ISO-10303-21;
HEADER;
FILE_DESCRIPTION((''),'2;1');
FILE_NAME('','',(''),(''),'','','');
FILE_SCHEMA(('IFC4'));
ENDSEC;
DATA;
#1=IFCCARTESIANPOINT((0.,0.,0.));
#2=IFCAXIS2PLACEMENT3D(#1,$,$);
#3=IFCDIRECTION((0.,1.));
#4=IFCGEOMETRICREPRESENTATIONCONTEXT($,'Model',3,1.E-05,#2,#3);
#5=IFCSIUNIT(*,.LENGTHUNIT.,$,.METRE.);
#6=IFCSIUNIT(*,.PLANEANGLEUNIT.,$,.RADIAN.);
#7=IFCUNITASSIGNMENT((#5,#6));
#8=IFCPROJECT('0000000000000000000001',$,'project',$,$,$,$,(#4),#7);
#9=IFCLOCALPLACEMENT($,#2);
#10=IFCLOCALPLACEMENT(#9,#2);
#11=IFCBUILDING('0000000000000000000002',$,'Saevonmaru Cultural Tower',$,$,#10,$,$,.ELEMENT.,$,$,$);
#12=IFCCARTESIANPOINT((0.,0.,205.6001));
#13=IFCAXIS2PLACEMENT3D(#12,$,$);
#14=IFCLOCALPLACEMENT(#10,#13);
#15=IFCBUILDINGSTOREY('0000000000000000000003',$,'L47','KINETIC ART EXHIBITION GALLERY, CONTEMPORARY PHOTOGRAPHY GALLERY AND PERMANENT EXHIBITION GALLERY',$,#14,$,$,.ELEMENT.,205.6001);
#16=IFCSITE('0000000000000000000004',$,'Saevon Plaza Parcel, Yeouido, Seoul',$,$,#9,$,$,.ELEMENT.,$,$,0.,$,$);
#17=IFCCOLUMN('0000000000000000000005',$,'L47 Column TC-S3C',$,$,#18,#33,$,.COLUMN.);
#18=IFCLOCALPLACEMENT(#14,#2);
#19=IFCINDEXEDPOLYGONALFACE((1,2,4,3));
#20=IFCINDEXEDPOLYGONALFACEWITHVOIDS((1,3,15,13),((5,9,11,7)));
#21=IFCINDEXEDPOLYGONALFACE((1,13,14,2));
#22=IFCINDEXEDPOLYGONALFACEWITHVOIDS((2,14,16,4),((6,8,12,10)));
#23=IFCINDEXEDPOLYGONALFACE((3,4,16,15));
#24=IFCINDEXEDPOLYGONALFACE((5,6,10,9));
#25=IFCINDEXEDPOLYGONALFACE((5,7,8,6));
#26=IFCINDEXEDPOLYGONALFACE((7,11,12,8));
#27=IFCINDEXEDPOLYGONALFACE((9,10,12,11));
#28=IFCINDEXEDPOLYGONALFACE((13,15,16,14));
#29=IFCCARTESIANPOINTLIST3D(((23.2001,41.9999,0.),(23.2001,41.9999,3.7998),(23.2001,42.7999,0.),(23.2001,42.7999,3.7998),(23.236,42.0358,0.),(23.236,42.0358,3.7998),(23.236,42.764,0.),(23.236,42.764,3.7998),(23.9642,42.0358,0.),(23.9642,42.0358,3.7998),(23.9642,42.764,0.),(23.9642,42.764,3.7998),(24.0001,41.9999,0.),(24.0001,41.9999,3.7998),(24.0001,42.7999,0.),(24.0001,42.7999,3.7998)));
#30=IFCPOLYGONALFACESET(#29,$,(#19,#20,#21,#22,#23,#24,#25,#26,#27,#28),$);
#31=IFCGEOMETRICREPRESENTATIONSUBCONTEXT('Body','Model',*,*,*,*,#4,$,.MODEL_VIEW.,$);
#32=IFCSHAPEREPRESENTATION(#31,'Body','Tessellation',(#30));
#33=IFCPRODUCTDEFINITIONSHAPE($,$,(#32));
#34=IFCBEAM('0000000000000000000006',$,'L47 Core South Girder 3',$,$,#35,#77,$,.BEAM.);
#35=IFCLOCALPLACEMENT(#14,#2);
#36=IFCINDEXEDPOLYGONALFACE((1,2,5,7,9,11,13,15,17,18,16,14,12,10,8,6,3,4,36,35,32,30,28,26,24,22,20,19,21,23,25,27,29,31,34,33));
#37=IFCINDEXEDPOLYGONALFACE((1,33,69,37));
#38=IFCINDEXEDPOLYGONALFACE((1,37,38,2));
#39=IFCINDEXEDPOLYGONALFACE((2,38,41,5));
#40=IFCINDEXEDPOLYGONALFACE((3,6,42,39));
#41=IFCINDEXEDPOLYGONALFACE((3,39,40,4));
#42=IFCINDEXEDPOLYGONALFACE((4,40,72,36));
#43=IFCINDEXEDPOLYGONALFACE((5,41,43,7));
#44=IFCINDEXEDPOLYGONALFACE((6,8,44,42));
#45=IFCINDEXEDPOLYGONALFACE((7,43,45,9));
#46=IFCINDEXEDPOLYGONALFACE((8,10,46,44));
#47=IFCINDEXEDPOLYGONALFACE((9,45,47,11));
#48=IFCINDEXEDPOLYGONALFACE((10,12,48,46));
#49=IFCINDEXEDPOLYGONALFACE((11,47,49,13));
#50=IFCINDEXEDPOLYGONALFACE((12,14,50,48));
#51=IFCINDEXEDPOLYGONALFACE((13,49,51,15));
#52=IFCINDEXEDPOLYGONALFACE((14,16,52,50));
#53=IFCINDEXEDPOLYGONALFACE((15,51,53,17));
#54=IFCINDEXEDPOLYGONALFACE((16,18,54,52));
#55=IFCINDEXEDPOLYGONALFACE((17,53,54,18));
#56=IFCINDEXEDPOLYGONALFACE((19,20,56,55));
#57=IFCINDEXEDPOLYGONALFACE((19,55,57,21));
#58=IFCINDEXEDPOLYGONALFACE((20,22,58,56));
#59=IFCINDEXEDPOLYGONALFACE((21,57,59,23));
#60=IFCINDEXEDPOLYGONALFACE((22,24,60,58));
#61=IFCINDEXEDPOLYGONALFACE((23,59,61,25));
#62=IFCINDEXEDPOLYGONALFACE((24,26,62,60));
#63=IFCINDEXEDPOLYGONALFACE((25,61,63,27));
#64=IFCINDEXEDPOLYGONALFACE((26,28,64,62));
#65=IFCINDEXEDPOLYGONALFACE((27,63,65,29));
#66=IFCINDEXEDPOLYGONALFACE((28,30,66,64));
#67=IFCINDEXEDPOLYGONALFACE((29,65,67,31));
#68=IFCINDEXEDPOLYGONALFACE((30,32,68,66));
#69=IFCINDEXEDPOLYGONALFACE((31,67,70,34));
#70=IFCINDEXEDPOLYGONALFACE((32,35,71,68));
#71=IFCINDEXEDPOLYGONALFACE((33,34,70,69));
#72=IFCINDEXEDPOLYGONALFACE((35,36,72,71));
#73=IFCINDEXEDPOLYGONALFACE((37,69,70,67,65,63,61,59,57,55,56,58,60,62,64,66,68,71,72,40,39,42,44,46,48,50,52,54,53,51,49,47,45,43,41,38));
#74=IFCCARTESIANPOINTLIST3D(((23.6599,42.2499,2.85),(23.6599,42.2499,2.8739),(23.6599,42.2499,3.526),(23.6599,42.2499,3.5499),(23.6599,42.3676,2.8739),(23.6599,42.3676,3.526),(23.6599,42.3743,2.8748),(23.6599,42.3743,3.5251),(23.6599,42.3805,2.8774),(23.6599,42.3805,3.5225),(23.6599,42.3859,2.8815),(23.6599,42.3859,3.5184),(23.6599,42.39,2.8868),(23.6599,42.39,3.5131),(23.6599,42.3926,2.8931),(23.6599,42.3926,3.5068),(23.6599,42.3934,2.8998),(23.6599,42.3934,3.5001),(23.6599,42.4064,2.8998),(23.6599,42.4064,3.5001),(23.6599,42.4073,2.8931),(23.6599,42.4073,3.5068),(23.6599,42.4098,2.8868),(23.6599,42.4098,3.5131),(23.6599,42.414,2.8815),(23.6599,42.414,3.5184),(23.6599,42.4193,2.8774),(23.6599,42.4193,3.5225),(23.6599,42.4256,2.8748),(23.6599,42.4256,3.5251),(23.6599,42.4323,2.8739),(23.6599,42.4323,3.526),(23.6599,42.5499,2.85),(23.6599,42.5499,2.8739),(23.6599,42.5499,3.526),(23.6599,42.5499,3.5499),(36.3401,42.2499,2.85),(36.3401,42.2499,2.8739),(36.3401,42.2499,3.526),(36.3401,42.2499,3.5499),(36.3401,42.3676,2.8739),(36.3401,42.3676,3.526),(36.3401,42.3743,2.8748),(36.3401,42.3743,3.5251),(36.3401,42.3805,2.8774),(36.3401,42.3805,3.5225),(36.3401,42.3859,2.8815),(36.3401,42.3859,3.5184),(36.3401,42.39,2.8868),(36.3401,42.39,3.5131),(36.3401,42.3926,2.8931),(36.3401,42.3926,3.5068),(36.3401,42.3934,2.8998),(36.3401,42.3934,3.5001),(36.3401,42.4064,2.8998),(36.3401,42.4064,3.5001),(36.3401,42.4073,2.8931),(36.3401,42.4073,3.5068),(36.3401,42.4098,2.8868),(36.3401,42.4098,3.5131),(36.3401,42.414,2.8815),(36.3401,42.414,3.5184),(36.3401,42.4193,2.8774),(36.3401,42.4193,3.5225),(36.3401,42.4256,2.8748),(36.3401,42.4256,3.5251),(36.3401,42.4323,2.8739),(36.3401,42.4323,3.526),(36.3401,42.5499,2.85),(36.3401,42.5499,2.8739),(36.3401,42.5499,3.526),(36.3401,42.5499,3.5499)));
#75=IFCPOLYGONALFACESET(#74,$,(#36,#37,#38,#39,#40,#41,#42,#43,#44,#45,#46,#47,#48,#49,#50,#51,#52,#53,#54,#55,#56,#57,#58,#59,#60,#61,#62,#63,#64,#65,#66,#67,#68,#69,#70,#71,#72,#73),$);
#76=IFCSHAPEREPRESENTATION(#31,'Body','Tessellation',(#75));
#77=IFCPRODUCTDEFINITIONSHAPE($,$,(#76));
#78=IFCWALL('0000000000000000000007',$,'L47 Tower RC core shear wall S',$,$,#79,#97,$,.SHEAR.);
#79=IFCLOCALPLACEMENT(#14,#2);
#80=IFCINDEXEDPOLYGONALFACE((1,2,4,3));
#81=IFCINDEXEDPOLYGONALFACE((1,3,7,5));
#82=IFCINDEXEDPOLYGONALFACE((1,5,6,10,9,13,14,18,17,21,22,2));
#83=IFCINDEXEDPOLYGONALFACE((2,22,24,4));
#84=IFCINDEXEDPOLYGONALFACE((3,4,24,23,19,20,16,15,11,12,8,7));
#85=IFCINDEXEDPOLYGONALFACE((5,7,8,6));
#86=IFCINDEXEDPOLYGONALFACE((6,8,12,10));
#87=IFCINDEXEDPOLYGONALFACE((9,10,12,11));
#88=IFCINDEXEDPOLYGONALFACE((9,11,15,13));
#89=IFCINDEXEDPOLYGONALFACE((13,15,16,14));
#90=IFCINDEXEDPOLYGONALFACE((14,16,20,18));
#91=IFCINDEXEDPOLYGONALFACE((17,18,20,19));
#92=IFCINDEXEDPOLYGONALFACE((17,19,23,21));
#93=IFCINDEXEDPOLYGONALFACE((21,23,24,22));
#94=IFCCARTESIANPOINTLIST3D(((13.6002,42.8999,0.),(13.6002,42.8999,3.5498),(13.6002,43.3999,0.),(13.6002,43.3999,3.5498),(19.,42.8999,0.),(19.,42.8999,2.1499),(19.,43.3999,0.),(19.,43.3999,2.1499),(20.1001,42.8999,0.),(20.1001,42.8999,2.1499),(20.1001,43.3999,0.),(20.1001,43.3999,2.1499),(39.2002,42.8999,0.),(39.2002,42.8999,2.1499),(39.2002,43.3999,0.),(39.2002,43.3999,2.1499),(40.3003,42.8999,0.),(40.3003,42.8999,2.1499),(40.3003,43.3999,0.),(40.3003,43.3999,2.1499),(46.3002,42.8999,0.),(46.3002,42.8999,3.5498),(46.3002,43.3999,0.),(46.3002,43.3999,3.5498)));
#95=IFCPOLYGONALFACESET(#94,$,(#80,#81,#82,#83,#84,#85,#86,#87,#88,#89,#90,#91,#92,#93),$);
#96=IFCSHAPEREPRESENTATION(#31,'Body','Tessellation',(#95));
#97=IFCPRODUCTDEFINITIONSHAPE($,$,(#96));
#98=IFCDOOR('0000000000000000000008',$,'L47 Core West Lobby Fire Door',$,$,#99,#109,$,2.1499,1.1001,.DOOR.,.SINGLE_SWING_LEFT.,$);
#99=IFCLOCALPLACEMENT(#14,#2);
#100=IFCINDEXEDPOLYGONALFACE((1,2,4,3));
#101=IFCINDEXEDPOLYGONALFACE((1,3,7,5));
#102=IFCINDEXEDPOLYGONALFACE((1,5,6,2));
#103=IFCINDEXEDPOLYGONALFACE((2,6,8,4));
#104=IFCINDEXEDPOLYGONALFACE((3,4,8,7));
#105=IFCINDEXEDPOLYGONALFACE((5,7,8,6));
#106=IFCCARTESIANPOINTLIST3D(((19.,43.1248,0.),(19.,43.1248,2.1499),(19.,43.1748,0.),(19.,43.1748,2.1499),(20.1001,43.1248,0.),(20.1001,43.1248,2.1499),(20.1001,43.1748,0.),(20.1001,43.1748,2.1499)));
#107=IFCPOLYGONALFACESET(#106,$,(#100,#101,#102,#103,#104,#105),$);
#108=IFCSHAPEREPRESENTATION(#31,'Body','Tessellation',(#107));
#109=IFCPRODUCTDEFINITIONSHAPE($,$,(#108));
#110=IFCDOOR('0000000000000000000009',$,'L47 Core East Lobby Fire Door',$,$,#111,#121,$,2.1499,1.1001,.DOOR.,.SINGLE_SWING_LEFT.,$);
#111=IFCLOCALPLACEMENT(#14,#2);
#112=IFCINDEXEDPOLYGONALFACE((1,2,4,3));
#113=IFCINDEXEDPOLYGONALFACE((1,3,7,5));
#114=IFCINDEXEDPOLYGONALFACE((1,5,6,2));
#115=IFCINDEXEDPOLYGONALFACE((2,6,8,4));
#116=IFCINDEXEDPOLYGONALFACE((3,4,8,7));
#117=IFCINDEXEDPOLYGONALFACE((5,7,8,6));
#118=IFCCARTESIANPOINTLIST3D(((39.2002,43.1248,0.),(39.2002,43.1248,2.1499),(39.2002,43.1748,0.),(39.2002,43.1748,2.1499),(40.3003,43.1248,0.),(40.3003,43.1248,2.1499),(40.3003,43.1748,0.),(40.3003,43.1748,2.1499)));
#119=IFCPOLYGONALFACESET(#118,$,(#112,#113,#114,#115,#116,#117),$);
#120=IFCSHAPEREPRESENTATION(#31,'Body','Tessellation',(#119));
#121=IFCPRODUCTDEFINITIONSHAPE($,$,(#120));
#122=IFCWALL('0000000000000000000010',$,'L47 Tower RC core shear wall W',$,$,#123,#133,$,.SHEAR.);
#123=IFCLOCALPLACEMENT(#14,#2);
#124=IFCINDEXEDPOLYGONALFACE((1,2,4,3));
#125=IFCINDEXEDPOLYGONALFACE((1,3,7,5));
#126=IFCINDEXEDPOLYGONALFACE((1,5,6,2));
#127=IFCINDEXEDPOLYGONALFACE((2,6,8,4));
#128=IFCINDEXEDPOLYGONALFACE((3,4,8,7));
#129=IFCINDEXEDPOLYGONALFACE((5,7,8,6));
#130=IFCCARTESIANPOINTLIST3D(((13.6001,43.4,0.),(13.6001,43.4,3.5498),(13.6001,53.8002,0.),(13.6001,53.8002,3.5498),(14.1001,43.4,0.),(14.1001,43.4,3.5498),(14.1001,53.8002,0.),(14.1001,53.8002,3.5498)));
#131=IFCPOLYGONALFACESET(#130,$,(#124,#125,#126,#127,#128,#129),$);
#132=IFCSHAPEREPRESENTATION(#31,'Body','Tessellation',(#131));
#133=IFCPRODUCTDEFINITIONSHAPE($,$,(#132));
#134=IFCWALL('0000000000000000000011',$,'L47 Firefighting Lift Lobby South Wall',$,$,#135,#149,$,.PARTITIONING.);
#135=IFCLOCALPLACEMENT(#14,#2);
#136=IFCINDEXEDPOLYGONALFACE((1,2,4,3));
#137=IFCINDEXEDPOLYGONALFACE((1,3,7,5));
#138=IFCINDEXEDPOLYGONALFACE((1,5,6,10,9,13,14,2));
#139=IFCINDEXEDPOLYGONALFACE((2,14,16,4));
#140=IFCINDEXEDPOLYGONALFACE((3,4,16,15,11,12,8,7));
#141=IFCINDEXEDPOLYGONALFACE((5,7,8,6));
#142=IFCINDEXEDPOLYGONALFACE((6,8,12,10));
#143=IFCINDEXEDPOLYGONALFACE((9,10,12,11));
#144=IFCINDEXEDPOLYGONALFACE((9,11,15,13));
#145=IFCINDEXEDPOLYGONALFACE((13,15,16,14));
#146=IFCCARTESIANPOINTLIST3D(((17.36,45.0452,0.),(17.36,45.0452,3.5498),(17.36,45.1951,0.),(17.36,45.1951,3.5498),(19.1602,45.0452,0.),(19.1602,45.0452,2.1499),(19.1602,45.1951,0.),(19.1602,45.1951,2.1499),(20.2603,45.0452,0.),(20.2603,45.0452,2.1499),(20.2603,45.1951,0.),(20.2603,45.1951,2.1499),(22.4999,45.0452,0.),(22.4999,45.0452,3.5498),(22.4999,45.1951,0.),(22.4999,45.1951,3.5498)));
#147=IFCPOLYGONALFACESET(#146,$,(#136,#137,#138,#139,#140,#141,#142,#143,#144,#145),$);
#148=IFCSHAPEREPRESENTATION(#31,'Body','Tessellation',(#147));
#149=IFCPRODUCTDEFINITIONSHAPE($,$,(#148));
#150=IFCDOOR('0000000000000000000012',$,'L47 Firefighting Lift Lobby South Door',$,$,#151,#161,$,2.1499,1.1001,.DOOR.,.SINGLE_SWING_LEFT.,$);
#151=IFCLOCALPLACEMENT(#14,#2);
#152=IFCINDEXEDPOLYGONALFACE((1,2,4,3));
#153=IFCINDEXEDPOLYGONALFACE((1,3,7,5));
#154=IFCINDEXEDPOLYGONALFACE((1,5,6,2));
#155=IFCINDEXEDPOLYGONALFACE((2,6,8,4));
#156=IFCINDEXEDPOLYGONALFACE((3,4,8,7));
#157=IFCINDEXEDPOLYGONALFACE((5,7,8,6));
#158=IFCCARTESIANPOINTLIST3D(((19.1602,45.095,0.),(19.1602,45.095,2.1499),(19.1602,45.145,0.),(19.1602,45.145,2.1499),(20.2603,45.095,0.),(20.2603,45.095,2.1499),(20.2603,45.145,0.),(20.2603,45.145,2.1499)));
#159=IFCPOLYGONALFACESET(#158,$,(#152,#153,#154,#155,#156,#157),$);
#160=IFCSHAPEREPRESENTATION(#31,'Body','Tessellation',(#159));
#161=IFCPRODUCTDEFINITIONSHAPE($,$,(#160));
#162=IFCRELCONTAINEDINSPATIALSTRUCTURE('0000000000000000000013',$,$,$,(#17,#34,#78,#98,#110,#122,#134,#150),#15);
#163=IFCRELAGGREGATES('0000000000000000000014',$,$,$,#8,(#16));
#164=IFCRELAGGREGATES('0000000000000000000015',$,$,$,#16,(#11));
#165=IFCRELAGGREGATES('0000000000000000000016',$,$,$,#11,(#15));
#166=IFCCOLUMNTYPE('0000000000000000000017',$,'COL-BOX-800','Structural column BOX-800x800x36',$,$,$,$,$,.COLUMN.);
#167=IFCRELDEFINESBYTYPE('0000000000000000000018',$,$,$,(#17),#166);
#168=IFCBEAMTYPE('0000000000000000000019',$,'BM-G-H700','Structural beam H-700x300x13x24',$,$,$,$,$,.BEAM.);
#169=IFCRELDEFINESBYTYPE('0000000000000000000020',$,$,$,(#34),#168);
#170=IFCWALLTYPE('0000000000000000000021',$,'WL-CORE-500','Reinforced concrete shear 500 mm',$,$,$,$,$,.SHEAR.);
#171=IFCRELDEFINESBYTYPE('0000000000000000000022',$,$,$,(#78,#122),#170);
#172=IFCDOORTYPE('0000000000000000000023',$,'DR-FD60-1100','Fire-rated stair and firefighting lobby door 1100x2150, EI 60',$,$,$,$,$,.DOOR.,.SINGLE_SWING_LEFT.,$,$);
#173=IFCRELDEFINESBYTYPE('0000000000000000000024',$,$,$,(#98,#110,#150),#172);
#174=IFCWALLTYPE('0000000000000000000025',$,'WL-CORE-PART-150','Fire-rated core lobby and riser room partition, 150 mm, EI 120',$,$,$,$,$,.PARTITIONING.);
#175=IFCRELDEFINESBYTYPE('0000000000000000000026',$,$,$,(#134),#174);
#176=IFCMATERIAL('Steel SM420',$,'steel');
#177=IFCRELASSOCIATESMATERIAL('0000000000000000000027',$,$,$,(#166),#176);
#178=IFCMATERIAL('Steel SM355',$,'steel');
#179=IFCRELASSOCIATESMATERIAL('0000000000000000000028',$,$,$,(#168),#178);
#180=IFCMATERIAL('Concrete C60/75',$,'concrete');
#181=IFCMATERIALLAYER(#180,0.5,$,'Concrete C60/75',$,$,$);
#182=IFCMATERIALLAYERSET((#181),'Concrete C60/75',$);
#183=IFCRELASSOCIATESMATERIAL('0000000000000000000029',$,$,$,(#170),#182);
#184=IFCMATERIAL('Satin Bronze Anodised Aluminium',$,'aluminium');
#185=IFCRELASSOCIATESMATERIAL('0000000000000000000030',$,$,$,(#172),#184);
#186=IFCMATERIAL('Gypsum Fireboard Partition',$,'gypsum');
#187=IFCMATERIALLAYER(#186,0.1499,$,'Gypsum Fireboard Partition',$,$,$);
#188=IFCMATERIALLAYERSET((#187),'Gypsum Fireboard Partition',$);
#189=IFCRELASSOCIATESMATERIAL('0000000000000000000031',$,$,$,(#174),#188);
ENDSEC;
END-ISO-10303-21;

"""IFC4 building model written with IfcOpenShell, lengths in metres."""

from ifc_helpers import new_model, si_unit, direction, frame, frame_2d, origin, origin_2d, place, context, subcontext, project, spatial, rectangle, hollow_rectangle, i_section, extrude, material, layer, layer_set, material_profile, profile_set, type_object, element, fill, save


model = new_model("IFC4")

# Units and contexts
model_context = context("Model", 3, precision=1e-05, world=origin(), true_north=direction((0.0, 1.0)))
body_context = subcontext(model_context, "Body", "Model", "MODEL_VIEW")
ifc_project = project(units=[si_unit("LENGTHUNIT", "METRE"), si_unit("PLANEANGLEUNIT", "RADIAN")], contexts=[model_context])

# Site, building, storey
site_placement = place(None, origin())
site = spatial("IfcSite", under=ifc_project, at=site_placement, Name="Saevon Plaza Parcel, Yeouido, Seoul", CompositionType="ELEMENT", RefElevation=0.0)
building_placement = place(site_placement, origin())
building = spatial("IfcBuilding", under=site, at=building_placement, Name="Saevonmaru Cultural Tower", CompositionType="ELEMENT")
storey_placement = place(building_placement, frame((0.0, 0.0, 205.6001)))
storey = spatial("IfcBuildingStorey", under=building, at=storey_placement, Name="L47", Description="KINETIC ART EXHIBITION GALLERY, CONTEMPORARY PHOTOGRAPHY GALLERY AND PERMANENT EXHIBITION GALLERY", CompositionType="ELEMENT", Elevation=205.6001)

# Column
ifc_material_1 = material(Name="Steel SM420", Category="steel")
ifc_material_profile_1 = material_profile(ifc_material_1, hollow_rectangle(XDim=0.8, YDim=0.8, WallThickness=0.0359, at=origin_2d()), Name="BOX-800x800x36")
ifc_profile_set_1 = profile_set([ifc_material_profile_1], Name="Steel SM420")
column_type = type_object("IfcColumnType", Name="COL-BOX-800", Description="Structural column BOX-800x800x36", PredefinedType="COLUMN", material=ifc_profile_set_1)
column_placement = place(storey_placement, frame((23.6001, 42.3999, 0.0), z_axis=(0.0, 0.0, 1.0), x_axis=(1.0, 0.0, 0.0)))
element("IfcColumn", 1, at=column_placement, inside=storey, type_object=column_type, Name="L47 Column TC-S3C", PredefinedType="COLUMN", context=body_context, shape_type="SweptSolid", body=[
    extrude(hollow_rectangle(XDim=0.8, YDim=0.8, WallThickness=0.0359, at=origin_2d()), origin(), (0.0, 0.0, 1.0), 3.7998),
])

# Beam
ifc_material_2 = material(Name="Steel SM355", Category="steel")
ifc_material_profile_2 = material_profile(ifc_material_2, i_section(OverallWidth=0.3, OverallDepth=0.7, WebThickness=0.0129, FlangeThickness=0.0239, FilletRadius=0.0259, at=origin_2d()), Name="H-700x300x13x24")
ifc_profile_set_2 = profile_set([ifc_material_profile_2], Name="Steel SM355")
beam_type = type_object("IfcBeamType", Name="BM-G-H700", Description="Structural beam H-700x300x13x24", PredefinedType="BEAM", material=ifc_profile_set_2)
beam_placement = place(storey_placement, frame((23.6599, 42.3999, 3.2), z_axis=(1.0, 0.0, 0.0), x_axis=(0.0, 1.0, 0.0)))
element("IfcBeam", 2, at=beam_placement, inside=storey, type_object=beam_type, Name="L47 Core South Girder 3", PredefinedType="BEAM", context=body_context, shape_type="SweptSolid", body=[
    extrude(i_section(OverallWidth=0.3, OverallDepth=0.7, WebThickness=0.0129, FlangeThickness=0.0239, FilletRadius=0.0259, at=origin_2d()), origin(), (0.0, 0.0, 1.0), 12.6802),
])

# Wall, openings, doors
ifc_material_3 = material(Name="Concrete C60/75", Category="concrete")
ifc_layer_1 = layer(ifc_material_3, 0.5, Name="Concrete C60/75")
ifc_layer_set_1 = layer_set([ifc_layer_1], Name="Concrete C60/75")
wall_type_1 = type_object("IfcWallType", Name="WL-CORE-500", Description="Reinforced concrete shear 500 mm", PredefinedType="SHEAR", material=ifc_layer_set_1)
wall_1_placement = place(storey_placement, frame((13.6001, 43.1499, 0.0), z_axis=(0.0, 0.0, 1.0), x_axis=(1.0, 0.0, 0.0)))
wall_1 = element("IfcWall", 3, at=wall_1_placement, inside=storey, type_object=wall_type_1, Name="L47 Tower RC core shear wall S", PredefinedType="SHEAR", context=body_context, shape_type="SweptSolid", body=[
    extrude(rectangle(XDim=32.7, YDim=0.5, at=frame_2d((16.3501, 0.0))), origin(), (0.0, 0.0, 1.0), 3.5498),
])
opening_1_placement = place(wall_1_placement, frame((5.3999, 0.0, 0.0)))
opening_1 = element("IfcOpeningElement", 4, at=opening_1_placement, cuts=wall_1, PredefinedType="OPENING", context=body_context, shape_type="SweptSolid", body=[
    extrude(rectangle(XDim=1.1001, YDim=2.1499, at=frame_2d((0.55, 1.075))), frame((0.0, 0.26, 0.0), z_axis=(0.0, -1.0, 0.0), x_axis=(1.0, 0.0, 0.0)), (0.0, 0.0, 1.0), 0.52),
])
opening_2_placement = place(wall_1_placement, frame((25.6001, 0.0, 0.0)))
opening_2 = element("IfcOpeningElement", 5, at=opening_2_placement, cuts=wall_1, PredefinedType="OPENING", context=body_context, shape_type="SweptSolid", body=[
    extrude(rectangle(XDim=1.1001, YDim=2.1499, at=frame_2d((0.55, 1.075))), frame((0.0, 0.26, 0.0), z_axis=(0.0, -1.0, 0.0), x_axis=(1.0, 0.0, 0.0)), (0.0, 0.0, 1.0), 0.52),
])
ifc_material_4 = material(Name="Satin Bronze Anodised Aluminium", Category="aluminium")
door_type_1 = type_object("IfcDoorType", Name="DR-FD60-1100", Description="Fire-rated stair and firefighting lobby door 1100x2150, EI 60", OperationType="SINGLE_SWING_LEFT", PredefinedType="DOOR", material=ifc_material_4)
door_1_placement = place(opening_1_placement, origin())
door_1 = element("IfcDoor", 6, at=door_1_placement, inside=storey, type_object=door_type_1, Name="L47 Core West Lobby Fire Door", OperationType="SINGLE_SWING_LEFT", OverallHeight=2.1499, OverallWidth=1.1001, PredefinedType="DOOR", context=body_context, shape_type="SweptSolid", body=[
    extrude(rectangle(XDim=1.1001, YDim=2.1499, at=frame_2d((0.55, 1.075))), frame((0.0, 0.0249, 0.0), z_axis=(0.0, -1.0, 0.0), x_axis=(1.0, 0.0, 0.0)), (0.0, 0.0, 1.0), 0.05),
])
fill(opening_1, door_1)
door_2_placement = place(opening_2_placement, origin())
door_2 = element("IfcDoor", 7, at=door_2_placement, inside=storey, type_object=door_type_1, Name="L47 Core East Lobby Fire Door", OperationType="SINGLE_SWING_LEFT", OverallHeight=2.1499, OverallWidth=1.1001, PredefinedType="DOOR", context=body_context, shape_type="SweptSolid", body=[
    extrude(rectangle(XDim=1.1001, YDim=2.1499, at=frame_2d((0.55, 1.075))), frame((0.0, 0.0249, 0.0), z_axis=(0.0, -1.0, 0.0), x_axis=(1.0, 0.0, 0.0)), (0.0, 0.0, 1.0), 0.05),
])
fill(opening_2, door_2)

# Wall
wall_2_placement = place(storey_placement, frame((13.8501, 43.3999, 0.0), z_axis=(0.0, 0.0, 1.0), x_axis=(0.0, 1.0, 0.0)))
element("IfcWall", 8, at=wall_2_placement, inside=storey, type_object=wall_type_1, Name="L47 Tower RC core shear wall W", PredefinedType="SHEAR", context=body_context, shape_type="SweptSolid", body=[
    extrude(rectangle(XDim=10.4001, YDim=0.5, at=frame_2d((5.2002, 0.0))), origin(), (0.0, 0.0, 1.0), 3.5498),
])

# Wall, opening, door
ifc_material_5 = material(Name="Gypsum Fireboard Partition", Category="gypsum")
ifc_layer_2 = layer(ifc_material_5, 0.1499, Name="Gypsum Fireboard Partition")
ifc_layer_set_2 = layer_set([ifc_layer_2], Name="Gypsum Fireboard Partition")
wall_type_2 = type_object("IfcWallType", Name="WL-CORE-PART-150", Description="Fire-rated core lobby and riser room partition, 150 mm, EI 120", PredefinedType="PARTITIONING", material=ifc_layer_set_2)
wall_3_placement = place(storey_placement, frame((17.3601, 45.1201, 0.0), z_axis=(0.0, 0.0, 1.0), x_axis=(1.0, 0.0, 0.0)))
wall_3 = element("IfcWall", 9, at=wall_3_placement, inside=storey, type_object=wall_type_2, Name="L47 Firefighting Lift Lobby South Wall", PredefinedType="PARTITIONING", context=body_context, shape_type="SweptSolid", body=[
    extrude(rectangle(XDim=5.1399, YDim=0.1499, at=frame_2d((2.5698, 0.0))), origin(), (0.0, 0.0, 1.0), 3.5498),
])
opening_3_placement = place(wall_3_placement, frame((1.8, 0.0, 0.0)))
opening_3 = element("IfcOpeningElement", 10, at=opening_3_placement, cuts=wall_3, PredefinedType="OPENING", context=body_context, shape_type="SweptSolid", body=[
    extrude(rectangle(XDim=1.1001, YDim=2.1499, at=frame_2d((0.55, 1.075))), frame((0.0, 0.085, 0.0), z_axis=(0.0, -1.0, 0.0), x_axis=(1.0, 0.0, 0.0)), (0.0, 0.0, 1.0), 0.1699),
])
door_3_placement = place(opening_3_placement, origin())
door_3 = element("IfcDoor", 11, at=door_3_placement, inside=storey, type_object=door_type_1, Name="L47 Firefighting Lift Lobby South Door", OperationType="SINGLE_SWING_LEFT", OverallHeight=2.1499, OverallWidth=1.1001, PredefinedType="DOOR", context=body_context, shape_type="SweptSolid", body=[
    extrude(rectangle(XDim=1.1001, YDim=2.1499, at=frame_2d((0.55, 1.075))), frame((0.0, 0.0249, 0.0), z_axis=(0.0, -1.0, 0.0), x_axis=(1.0, 0.0, 0.0)), (0.0, 0.0, 1.0), 0.05),
])
fill(opening_3, door_3)

save(model, "model.ifc")
